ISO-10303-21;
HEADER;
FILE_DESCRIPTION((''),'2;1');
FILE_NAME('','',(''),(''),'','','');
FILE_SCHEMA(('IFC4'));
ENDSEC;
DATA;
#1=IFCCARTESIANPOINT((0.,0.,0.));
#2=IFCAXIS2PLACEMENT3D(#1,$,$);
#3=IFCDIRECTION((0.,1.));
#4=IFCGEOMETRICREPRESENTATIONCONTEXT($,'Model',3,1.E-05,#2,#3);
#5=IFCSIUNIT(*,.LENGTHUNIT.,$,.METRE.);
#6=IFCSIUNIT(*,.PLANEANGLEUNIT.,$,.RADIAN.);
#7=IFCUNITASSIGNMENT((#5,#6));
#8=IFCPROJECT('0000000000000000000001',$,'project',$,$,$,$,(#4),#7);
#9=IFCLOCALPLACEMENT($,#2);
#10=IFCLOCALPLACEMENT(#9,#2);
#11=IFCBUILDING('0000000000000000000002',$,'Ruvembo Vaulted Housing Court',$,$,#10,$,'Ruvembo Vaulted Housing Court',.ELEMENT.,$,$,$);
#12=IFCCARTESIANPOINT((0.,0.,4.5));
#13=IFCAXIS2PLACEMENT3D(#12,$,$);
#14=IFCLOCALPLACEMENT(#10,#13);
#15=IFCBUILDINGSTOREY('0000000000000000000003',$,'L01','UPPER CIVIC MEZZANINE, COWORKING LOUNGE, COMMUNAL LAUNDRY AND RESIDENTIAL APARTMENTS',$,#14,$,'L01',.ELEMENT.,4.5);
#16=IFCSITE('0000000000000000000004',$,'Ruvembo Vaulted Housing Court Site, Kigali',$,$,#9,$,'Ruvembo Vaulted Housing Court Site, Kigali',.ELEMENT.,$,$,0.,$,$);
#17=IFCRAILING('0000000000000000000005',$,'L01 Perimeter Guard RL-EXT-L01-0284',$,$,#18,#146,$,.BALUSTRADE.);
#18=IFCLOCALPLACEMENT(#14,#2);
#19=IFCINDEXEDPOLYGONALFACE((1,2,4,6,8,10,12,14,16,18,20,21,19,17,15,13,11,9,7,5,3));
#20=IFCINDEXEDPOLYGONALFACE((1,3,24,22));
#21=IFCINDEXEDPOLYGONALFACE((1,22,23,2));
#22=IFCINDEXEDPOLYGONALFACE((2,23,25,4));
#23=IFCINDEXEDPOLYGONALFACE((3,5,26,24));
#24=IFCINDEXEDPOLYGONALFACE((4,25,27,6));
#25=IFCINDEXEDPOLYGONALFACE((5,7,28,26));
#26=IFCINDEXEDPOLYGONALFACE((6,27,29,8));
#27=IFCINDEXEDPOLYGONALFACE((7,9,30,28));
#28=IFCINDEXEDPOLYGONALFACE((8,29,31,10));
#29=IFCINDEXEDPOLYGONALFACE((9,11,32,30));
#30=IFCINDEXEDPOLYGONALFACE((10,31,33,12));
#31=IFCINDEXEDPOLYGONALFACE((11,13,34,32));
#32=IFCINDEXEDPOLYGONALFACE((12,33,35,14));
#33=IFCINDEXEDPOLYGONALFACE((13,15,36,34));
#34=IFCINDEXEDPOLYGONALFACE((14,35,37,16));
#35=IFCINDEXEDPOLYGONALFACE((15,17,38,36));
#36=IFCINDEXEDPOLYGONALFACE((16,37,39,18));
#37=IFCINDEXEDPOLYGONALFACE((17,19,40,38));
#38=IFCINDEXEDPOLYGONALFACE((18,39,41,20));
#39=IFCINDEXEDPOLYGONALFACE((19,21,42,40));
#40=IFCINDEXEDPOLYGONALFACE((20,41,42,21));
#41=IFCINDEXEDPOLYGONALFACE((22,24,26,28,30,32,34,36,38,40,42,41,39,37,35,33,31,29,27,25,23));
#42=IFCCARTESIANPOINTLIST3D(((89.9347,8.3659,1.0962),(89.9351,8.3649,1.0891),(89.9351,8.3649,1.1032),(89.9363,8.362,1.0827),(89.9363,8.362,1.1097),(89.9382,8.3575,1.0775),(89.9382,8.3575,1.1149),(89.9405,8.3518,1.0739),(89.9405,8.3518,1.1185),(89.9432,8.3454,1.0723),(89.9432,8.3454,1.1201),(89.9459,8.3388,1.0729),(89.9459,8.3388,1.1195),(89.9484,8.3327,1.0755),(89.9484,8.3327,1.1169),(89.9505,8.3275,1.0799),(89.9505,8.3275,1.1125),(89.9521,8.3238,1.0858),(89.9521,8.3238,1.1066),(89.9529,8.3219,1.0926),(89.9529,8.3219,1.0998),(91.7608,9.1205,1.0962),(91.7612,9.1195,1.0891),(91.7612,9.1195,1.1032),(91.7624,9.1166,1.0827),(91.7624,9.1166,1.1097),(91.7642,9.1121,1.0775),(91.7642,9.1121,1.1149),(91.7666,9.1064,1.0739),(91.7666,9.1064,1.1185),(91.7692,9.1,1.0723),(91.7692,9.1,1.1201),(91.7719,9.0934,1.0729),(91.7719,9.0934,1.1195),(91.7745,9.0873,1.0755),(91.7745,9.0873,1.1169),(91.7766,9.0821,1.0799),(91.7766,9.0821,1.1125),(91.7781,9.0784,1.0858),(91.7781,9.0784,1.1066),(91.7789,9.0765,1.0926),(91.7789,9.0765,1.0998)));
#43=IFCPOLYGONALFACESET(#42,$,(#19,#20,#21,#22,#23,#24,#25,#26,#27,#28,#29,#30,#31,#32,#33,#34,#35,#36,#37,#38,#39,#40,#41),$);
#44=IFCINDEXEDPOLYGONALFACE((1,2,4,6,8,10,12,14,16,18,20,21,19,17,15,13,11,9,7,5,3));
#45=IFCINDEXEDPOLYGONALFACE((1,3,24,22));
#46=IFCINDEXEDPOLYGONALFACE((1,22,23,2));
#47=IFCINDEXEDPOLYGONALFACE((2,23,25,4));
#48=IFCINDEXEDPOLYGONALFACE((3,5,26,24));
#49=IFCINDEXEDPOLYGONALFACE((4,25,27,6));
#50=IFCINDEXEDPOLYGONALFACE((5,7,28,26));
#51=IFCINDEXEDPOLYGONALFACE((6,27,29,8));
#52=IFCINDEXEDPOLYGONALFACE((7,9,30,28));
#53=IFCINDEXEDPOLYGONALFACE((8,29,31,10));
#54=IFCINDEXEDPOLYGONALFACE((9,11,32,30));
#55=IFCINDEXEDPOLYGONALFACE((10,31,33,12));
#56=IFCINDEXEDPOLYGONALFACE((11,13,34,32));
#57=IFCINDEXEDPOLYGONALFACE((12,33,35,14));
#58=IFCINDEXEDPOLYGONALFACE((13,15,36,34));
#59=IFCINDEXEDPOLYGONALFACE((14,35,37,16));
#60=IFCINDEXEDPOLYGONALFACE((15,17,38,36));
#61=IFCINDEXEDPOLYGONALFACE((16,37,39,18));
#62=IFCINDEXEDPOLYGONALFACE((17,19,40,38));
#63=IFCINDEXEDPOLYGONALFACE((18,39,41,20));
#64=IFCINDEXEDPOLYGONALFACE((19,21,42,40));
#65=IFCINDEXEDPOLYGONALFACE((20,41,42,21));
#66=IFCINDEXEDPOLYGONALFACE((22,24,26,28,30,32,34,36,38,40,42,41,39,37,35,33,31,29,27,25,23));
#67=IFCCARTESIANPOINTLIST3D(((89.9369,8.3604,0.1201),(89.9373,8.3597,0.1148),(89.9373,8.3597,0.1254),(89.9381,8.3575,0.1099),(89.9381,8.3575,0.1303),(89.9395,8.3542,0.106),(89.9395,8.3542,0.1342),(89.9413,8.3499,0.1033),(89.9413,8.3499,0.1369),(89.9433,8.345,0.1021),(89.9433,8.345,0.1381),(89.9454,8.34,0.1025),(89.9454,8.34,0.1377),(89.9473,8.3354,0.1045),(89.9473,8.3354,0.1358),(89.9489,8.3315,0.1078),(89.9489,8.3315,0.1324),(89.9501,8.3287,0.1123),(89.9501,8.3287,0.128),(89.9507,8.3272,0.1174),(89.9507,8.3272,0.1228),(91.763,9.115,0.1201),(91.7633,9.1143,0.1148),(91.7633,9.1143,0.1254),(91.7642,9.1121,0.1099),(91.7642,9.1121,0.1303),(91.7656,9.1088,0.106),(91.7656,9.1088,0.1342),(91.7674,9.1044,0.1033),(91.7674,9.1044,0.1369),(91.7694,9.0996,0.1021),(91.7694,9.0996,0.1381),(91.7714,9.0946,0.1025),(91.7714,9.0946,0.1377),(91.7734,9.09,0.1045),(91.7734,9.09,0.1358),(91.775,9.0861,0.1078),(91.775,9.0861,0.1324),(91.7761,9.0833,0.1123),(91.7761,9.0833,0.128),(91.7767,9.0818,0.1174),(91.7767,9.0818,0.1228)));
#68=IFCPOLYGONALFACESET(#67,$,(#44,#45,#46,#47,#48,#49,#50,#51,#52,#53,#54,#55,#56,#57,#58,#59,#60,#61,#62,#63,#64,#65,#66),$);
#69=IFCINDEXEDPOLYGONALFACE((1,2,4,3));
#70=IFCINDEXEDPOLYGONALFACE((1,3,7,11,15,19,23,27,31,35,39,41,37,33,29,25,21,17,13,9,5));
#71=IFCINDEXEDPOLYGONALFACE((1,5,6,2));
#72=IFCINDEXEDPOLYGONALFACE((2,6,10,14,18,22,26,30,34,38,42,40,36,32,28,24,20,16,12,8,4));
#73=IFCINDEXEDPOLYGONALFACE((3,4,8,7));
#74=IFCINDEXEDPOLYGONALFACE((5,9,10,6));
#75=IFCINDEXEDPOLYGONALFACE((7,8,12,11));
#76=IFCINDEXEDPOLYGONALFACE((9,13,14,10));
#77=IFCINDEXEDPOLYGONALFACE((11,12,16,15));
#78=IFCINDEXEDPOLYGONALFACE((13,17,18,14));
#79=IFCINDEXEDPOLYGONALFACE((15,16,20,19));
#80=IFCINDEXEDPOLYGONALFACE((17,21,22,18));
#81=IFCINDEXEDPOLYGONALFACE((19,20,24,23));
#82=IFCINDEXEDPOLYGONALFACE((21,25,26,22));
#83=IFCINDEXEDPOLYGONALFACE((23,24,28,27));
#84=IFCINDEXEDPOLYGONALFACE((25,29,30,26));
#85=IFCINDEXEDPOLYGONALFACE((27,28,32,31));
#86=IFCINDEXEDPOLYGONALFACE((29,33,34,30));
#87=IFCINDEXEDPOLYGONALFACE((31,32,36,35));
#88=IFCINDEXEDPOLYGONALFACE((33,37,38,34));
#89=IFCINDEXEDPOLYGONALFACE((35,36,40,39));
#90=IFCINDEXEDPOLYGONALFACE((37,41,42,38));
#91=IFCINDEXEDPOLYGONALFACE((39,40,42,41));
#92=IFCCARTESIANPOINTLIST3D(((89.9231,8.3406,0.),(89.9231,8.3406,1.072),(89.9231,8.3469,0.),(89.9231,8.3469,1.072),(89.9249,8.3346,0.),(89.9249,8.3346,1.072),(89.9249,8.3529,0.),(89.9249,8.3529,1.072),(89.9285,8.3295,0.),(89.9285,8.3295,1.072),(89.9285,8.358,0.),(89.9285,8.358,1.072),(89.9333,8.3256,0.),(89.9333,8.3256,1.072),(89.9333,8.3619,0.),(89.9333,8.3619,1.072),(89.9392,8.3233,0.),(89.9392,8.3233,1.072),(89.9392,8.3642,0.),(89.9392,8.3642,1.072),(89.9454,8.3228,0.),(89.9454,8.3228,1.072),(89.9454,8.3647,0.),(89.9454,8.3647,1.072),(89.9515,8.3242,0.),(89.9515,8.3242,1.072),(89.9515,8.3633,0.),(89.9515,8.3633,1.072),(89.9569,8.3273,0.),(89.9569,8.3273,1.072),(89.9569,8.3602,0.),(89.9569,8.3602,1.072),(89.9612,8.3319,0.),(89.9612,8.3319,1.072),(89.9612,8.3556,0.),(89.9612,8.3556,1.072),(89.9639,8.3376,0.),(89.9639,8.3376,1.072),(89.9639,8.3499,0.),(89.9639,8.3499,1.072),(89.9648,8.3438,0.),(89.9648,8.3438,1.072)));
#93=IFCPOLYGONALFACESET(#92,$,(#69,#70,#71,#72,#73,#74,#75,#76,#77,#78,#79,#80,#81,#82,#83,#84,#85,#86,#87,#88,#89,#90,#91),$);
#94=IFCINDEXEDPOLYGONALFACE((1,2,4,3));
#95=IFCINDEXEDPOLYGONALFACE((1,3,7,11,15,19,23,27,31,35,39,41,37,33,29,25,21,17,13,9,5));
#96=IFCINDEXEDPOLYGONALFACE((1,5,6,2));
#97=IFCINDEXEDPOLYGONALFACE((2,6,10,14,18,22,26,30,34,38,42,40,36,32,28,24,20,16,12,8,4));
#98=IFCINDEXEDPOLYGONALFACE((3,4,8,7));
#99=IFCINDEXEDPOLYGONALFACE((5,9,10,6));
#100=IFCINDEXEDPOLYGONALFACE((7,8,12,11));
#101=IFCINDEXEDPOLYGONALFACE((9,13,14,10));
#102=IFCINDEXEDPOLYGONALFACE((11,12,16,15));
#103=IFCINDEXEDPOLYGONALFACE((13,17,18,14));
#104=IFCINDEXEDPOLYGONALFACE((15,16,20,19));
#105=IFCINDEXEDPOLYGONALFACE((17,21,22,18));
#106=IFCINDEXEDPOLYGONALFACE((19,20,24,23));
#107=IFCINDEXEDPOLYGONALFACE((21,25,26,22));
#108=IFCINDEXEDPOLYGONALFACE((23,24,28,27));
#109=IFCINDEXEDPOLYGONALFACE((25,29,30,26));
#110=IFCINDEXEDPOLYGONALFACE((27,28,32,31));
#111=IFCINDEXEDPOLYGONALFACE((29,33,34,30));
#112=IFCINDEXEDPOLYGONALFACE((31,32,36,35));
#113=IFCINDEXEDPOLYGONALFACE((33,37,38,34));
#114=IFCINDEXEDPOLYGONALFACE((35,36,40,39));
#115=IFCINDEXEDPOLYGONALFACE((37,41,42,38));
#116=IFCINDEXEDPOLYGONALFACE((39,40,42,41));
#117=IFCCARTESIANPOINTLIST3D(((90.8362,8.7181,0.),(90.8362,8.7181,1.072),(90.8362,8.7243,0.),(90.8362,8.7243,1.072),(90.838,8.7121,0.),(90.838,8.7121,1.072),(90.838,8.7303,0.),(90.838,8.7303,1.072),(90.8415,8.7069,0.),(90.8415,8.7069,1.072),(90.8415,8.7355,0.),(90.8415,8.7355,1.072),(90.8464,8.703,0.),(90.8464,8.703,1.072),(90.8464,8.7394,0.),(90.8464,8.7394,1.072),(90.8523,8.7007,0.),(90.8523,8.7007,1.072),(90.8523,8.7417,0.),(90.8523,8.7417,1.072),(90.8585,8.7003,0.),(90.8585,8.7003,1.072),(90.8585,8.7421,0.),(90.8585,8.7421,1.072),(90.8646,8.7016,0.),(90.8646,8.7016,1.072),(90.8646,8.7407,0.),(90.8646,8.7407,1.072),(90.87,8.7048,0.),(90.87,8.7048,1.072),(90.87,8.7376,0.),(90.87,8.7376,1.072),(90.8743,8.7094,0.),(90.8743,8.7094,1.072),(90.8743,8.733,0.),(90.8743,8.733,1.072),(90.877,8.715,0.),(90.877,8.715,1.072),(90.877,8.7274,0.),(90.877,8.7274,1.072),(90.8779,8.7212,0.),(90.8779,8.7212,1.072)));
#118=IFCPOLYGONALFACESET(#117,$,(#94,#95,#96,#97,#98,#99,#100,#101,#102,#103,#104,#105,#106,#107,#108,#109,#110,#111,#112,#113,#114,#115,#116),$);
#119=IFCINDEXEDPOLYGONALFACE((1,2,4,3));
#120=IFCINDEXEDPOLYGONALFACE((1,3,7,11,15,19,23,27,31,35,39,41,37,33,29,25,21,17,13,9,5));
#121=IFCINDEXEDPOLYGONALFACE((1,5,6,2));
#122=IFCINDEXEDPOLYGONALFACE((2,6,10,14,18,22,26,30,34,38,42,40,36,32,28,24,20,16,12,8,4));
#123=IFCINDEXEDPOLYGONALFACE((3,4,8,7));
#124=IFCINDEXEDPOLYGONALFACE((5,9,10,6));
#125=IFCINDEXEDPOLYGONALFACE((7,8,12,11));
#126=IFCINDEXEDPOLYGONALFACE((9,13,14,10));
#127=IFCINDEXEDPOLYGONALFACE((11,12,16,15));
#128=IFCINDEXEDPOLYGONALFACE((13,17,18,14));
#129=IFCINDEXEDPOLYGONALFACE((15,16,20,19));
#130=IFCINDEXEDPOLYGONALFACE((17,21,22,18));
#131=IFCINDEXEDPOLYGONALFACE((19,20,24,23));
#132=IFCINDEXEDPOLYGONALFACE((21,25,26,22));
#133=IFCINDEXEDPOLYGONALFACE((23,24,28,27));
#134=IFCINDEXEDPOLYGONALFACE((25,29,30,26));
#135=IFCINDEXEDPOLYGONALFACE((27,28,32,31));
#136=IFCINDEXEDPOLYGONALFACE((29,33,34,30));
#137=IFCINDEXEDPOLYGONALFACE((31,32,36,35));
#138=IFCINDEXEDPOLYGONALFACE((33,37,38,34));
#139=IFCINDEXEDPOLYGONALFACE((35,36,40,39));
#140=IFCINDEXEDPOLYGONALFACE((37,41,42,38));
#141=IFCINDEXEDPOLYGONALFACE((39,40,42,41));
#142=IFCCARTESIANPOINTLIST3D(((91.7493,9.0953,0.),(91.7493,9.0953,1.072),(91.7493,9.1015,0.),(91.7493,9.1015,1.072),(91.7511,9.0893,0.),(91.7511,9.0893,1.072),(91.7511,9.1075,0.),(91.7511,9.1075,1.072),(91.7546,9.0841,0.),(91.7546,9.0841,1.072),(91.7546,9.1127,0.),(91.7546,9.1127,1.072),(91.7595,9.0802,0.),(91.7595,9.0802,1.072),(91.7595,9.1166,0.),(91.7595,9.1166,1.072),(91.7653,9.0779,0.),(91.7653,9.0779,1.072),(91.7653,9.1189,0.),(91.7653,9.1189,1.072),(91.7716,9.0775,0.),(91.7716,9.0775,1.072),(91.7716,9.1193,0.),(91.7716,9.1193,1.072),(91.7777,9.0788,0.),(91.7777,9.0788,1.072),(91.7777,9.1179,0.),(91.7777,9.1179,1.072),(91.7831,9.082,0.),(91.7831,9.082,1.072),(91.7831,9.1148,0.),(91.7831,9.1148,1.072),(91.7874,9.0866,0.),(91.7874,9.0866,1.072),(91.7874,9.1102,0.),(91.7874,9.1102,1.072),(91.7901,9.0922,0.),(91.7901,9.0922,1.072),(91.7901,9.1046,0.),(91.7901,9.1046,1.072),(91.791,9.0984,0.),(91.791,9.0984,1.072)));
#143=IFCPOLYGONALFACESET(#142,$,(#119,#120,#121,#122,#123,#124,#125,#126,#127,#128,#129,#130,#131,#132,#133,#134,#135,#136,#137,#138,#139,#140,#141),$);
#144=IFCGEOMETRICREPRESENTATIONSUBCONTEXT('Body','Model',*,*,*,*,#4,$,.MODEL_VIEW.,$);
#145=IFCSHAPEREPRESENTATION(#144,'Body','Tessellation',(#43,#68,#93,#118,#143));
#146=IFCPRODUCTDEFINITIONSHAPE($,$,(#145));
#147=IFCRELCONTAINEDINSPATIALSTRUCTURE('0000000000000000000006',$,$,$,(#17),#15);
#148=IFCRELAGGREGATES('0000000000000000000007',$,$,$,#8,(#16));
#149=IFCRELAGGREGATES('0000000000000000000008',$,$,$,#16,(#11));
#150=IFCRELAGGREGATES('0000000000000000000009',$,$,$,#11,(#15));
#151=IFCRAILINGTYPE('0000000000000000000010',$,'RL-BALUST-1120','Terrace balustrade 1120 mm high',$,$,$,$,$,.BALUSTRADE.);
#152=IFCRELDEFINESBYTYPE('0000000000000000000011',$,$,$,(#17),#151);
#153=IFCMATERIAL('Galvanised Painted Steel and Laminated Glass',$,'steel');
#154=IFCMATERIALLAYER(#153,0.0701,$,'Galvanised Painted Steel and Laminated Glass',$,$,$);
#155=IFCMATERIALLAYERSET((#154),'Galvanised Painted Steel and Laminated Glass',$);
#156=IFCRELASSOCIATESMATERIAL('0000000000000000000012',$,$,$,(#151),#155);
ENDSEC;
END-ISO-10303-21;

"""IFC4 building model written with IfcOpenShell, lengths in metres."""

from ifc_helpers import new_model, si_unit, direction, frame, origin, origin_2d, place, context, subcontext, project, spatial, circle, extrude, material, layer, layer_set, type_object, element, save


model = new_model("IFC4")

# Units and contexts
model_context = context("Model", 3, precision=1e-05, world=origin(), true_north=direction((0.0, 1.0)))
body_context = subcontext(model_context, "Body", "Model", "MODEL_VIEW")
ifc_project = project(units=[si_unit("LENGTHUNIT", "METRE"), si_unit("PLANEANGLEUNIT", "RADIAN")], contexts=[model_context])

# Site, building, storey
site_placement = place(None, origin())
site = spatial("IfcSite", under=ifc_project, at=site_placement, Name="Ruvembo Vaulted Housing Court Site, Kigali", LongName="Ruvembo Vaulted Housing Court Site, Kigali", CompositionType="ELEMENT", RefElevation=0.0)
building_placement = place(site_placement, origin())
building = spatial("IfcBuilding", under=site, at=building_placement, Name="Ruvembo Vaulted Housing Court", LongName="Ruvembo Vaulted Housing Court", CompositionType="ELEMENT")
storey_placement = place(building_placement, frame((0.0, 0.0, 4.5)))
storey = spatial("IfcBuildingStorey", under=building, at=storey_placement, Name="L01", Description="UPPER CIVIC MEZZANINE, COWORKING LOUNGE, COMMUNAL LAUNDRY AND RESIDENTIAL APARTMENTS", LongName="L01", CompositionType="ELEMENT", Elevation=4.5)

# Railing
ifc_material_1 = material(Name="Galvanised Painted Steel and Laminated Glass", Category="steel")
ifc_layer_1 = layer(ifc_material_1, 0.0701, Name="Galvanised Painted Steel and Laminated Glass")
ifc_layer_set_1 = layer_set([ifc_layer_1], Name="Galvanised Painted Steel and Laminated Glass")
railing_type_1 = type_object("IfcRailingType", Name="RL-BALUST-1120", Description="Terrace balustrade 1120 mm high", PredefinedType="BALUSTRADE", material=ifc_layer_set_1)
railing_1_placement = place(storey_placement, frame((89.9438, 8.3438, 0.0)))
element("IfcRailing", 1, at=railing_1_placement, inside=storey, type_object=railing_type_1, Name="L01 Perimeter Guard RL-EXT-L01-0284", PredefinedType="BALUSTRADE", context=body_context, shape_type="SweptSolid", body=[
    extrude(circle(Radius=0.0239, at=origin_2d()), frame((0.0, 0.0, 1.0962), z_axis=(0.924199, 0.381912, 0.0), x_axis=(-0.381912, 0.924199, 0.0)), (0.0, 0.0, 1.0), 1.9758),
    extrude(circle(Radius=0.0181, at=origin_2d()), frame((0.0, 0.0, 0.1201), z_axis=(0.924199, 0.381912, 0.0), x_axis=(-0.381912, 0.924199, 0.0)), (0.0, 0.0, 1.0), 1.9758),
    extrude(circle(Radius=0.021, at=origin_2d()), origin(), (0.0, 0.0, 1.0), 1.072),
    extrude(circle(Radius=0.021, at=origin_2d()), frame((0.9131, 0.3774, 0.0)), (0.0, 0.0, 1.0), 1.072),
    extrude(circle(Radius=0.021, at=origin_2d()), frame((1.8262, 0.7546, 0.0)), (0.0, 0.0, 1.0), 1.072),
])

save(model, "model.ifc")
